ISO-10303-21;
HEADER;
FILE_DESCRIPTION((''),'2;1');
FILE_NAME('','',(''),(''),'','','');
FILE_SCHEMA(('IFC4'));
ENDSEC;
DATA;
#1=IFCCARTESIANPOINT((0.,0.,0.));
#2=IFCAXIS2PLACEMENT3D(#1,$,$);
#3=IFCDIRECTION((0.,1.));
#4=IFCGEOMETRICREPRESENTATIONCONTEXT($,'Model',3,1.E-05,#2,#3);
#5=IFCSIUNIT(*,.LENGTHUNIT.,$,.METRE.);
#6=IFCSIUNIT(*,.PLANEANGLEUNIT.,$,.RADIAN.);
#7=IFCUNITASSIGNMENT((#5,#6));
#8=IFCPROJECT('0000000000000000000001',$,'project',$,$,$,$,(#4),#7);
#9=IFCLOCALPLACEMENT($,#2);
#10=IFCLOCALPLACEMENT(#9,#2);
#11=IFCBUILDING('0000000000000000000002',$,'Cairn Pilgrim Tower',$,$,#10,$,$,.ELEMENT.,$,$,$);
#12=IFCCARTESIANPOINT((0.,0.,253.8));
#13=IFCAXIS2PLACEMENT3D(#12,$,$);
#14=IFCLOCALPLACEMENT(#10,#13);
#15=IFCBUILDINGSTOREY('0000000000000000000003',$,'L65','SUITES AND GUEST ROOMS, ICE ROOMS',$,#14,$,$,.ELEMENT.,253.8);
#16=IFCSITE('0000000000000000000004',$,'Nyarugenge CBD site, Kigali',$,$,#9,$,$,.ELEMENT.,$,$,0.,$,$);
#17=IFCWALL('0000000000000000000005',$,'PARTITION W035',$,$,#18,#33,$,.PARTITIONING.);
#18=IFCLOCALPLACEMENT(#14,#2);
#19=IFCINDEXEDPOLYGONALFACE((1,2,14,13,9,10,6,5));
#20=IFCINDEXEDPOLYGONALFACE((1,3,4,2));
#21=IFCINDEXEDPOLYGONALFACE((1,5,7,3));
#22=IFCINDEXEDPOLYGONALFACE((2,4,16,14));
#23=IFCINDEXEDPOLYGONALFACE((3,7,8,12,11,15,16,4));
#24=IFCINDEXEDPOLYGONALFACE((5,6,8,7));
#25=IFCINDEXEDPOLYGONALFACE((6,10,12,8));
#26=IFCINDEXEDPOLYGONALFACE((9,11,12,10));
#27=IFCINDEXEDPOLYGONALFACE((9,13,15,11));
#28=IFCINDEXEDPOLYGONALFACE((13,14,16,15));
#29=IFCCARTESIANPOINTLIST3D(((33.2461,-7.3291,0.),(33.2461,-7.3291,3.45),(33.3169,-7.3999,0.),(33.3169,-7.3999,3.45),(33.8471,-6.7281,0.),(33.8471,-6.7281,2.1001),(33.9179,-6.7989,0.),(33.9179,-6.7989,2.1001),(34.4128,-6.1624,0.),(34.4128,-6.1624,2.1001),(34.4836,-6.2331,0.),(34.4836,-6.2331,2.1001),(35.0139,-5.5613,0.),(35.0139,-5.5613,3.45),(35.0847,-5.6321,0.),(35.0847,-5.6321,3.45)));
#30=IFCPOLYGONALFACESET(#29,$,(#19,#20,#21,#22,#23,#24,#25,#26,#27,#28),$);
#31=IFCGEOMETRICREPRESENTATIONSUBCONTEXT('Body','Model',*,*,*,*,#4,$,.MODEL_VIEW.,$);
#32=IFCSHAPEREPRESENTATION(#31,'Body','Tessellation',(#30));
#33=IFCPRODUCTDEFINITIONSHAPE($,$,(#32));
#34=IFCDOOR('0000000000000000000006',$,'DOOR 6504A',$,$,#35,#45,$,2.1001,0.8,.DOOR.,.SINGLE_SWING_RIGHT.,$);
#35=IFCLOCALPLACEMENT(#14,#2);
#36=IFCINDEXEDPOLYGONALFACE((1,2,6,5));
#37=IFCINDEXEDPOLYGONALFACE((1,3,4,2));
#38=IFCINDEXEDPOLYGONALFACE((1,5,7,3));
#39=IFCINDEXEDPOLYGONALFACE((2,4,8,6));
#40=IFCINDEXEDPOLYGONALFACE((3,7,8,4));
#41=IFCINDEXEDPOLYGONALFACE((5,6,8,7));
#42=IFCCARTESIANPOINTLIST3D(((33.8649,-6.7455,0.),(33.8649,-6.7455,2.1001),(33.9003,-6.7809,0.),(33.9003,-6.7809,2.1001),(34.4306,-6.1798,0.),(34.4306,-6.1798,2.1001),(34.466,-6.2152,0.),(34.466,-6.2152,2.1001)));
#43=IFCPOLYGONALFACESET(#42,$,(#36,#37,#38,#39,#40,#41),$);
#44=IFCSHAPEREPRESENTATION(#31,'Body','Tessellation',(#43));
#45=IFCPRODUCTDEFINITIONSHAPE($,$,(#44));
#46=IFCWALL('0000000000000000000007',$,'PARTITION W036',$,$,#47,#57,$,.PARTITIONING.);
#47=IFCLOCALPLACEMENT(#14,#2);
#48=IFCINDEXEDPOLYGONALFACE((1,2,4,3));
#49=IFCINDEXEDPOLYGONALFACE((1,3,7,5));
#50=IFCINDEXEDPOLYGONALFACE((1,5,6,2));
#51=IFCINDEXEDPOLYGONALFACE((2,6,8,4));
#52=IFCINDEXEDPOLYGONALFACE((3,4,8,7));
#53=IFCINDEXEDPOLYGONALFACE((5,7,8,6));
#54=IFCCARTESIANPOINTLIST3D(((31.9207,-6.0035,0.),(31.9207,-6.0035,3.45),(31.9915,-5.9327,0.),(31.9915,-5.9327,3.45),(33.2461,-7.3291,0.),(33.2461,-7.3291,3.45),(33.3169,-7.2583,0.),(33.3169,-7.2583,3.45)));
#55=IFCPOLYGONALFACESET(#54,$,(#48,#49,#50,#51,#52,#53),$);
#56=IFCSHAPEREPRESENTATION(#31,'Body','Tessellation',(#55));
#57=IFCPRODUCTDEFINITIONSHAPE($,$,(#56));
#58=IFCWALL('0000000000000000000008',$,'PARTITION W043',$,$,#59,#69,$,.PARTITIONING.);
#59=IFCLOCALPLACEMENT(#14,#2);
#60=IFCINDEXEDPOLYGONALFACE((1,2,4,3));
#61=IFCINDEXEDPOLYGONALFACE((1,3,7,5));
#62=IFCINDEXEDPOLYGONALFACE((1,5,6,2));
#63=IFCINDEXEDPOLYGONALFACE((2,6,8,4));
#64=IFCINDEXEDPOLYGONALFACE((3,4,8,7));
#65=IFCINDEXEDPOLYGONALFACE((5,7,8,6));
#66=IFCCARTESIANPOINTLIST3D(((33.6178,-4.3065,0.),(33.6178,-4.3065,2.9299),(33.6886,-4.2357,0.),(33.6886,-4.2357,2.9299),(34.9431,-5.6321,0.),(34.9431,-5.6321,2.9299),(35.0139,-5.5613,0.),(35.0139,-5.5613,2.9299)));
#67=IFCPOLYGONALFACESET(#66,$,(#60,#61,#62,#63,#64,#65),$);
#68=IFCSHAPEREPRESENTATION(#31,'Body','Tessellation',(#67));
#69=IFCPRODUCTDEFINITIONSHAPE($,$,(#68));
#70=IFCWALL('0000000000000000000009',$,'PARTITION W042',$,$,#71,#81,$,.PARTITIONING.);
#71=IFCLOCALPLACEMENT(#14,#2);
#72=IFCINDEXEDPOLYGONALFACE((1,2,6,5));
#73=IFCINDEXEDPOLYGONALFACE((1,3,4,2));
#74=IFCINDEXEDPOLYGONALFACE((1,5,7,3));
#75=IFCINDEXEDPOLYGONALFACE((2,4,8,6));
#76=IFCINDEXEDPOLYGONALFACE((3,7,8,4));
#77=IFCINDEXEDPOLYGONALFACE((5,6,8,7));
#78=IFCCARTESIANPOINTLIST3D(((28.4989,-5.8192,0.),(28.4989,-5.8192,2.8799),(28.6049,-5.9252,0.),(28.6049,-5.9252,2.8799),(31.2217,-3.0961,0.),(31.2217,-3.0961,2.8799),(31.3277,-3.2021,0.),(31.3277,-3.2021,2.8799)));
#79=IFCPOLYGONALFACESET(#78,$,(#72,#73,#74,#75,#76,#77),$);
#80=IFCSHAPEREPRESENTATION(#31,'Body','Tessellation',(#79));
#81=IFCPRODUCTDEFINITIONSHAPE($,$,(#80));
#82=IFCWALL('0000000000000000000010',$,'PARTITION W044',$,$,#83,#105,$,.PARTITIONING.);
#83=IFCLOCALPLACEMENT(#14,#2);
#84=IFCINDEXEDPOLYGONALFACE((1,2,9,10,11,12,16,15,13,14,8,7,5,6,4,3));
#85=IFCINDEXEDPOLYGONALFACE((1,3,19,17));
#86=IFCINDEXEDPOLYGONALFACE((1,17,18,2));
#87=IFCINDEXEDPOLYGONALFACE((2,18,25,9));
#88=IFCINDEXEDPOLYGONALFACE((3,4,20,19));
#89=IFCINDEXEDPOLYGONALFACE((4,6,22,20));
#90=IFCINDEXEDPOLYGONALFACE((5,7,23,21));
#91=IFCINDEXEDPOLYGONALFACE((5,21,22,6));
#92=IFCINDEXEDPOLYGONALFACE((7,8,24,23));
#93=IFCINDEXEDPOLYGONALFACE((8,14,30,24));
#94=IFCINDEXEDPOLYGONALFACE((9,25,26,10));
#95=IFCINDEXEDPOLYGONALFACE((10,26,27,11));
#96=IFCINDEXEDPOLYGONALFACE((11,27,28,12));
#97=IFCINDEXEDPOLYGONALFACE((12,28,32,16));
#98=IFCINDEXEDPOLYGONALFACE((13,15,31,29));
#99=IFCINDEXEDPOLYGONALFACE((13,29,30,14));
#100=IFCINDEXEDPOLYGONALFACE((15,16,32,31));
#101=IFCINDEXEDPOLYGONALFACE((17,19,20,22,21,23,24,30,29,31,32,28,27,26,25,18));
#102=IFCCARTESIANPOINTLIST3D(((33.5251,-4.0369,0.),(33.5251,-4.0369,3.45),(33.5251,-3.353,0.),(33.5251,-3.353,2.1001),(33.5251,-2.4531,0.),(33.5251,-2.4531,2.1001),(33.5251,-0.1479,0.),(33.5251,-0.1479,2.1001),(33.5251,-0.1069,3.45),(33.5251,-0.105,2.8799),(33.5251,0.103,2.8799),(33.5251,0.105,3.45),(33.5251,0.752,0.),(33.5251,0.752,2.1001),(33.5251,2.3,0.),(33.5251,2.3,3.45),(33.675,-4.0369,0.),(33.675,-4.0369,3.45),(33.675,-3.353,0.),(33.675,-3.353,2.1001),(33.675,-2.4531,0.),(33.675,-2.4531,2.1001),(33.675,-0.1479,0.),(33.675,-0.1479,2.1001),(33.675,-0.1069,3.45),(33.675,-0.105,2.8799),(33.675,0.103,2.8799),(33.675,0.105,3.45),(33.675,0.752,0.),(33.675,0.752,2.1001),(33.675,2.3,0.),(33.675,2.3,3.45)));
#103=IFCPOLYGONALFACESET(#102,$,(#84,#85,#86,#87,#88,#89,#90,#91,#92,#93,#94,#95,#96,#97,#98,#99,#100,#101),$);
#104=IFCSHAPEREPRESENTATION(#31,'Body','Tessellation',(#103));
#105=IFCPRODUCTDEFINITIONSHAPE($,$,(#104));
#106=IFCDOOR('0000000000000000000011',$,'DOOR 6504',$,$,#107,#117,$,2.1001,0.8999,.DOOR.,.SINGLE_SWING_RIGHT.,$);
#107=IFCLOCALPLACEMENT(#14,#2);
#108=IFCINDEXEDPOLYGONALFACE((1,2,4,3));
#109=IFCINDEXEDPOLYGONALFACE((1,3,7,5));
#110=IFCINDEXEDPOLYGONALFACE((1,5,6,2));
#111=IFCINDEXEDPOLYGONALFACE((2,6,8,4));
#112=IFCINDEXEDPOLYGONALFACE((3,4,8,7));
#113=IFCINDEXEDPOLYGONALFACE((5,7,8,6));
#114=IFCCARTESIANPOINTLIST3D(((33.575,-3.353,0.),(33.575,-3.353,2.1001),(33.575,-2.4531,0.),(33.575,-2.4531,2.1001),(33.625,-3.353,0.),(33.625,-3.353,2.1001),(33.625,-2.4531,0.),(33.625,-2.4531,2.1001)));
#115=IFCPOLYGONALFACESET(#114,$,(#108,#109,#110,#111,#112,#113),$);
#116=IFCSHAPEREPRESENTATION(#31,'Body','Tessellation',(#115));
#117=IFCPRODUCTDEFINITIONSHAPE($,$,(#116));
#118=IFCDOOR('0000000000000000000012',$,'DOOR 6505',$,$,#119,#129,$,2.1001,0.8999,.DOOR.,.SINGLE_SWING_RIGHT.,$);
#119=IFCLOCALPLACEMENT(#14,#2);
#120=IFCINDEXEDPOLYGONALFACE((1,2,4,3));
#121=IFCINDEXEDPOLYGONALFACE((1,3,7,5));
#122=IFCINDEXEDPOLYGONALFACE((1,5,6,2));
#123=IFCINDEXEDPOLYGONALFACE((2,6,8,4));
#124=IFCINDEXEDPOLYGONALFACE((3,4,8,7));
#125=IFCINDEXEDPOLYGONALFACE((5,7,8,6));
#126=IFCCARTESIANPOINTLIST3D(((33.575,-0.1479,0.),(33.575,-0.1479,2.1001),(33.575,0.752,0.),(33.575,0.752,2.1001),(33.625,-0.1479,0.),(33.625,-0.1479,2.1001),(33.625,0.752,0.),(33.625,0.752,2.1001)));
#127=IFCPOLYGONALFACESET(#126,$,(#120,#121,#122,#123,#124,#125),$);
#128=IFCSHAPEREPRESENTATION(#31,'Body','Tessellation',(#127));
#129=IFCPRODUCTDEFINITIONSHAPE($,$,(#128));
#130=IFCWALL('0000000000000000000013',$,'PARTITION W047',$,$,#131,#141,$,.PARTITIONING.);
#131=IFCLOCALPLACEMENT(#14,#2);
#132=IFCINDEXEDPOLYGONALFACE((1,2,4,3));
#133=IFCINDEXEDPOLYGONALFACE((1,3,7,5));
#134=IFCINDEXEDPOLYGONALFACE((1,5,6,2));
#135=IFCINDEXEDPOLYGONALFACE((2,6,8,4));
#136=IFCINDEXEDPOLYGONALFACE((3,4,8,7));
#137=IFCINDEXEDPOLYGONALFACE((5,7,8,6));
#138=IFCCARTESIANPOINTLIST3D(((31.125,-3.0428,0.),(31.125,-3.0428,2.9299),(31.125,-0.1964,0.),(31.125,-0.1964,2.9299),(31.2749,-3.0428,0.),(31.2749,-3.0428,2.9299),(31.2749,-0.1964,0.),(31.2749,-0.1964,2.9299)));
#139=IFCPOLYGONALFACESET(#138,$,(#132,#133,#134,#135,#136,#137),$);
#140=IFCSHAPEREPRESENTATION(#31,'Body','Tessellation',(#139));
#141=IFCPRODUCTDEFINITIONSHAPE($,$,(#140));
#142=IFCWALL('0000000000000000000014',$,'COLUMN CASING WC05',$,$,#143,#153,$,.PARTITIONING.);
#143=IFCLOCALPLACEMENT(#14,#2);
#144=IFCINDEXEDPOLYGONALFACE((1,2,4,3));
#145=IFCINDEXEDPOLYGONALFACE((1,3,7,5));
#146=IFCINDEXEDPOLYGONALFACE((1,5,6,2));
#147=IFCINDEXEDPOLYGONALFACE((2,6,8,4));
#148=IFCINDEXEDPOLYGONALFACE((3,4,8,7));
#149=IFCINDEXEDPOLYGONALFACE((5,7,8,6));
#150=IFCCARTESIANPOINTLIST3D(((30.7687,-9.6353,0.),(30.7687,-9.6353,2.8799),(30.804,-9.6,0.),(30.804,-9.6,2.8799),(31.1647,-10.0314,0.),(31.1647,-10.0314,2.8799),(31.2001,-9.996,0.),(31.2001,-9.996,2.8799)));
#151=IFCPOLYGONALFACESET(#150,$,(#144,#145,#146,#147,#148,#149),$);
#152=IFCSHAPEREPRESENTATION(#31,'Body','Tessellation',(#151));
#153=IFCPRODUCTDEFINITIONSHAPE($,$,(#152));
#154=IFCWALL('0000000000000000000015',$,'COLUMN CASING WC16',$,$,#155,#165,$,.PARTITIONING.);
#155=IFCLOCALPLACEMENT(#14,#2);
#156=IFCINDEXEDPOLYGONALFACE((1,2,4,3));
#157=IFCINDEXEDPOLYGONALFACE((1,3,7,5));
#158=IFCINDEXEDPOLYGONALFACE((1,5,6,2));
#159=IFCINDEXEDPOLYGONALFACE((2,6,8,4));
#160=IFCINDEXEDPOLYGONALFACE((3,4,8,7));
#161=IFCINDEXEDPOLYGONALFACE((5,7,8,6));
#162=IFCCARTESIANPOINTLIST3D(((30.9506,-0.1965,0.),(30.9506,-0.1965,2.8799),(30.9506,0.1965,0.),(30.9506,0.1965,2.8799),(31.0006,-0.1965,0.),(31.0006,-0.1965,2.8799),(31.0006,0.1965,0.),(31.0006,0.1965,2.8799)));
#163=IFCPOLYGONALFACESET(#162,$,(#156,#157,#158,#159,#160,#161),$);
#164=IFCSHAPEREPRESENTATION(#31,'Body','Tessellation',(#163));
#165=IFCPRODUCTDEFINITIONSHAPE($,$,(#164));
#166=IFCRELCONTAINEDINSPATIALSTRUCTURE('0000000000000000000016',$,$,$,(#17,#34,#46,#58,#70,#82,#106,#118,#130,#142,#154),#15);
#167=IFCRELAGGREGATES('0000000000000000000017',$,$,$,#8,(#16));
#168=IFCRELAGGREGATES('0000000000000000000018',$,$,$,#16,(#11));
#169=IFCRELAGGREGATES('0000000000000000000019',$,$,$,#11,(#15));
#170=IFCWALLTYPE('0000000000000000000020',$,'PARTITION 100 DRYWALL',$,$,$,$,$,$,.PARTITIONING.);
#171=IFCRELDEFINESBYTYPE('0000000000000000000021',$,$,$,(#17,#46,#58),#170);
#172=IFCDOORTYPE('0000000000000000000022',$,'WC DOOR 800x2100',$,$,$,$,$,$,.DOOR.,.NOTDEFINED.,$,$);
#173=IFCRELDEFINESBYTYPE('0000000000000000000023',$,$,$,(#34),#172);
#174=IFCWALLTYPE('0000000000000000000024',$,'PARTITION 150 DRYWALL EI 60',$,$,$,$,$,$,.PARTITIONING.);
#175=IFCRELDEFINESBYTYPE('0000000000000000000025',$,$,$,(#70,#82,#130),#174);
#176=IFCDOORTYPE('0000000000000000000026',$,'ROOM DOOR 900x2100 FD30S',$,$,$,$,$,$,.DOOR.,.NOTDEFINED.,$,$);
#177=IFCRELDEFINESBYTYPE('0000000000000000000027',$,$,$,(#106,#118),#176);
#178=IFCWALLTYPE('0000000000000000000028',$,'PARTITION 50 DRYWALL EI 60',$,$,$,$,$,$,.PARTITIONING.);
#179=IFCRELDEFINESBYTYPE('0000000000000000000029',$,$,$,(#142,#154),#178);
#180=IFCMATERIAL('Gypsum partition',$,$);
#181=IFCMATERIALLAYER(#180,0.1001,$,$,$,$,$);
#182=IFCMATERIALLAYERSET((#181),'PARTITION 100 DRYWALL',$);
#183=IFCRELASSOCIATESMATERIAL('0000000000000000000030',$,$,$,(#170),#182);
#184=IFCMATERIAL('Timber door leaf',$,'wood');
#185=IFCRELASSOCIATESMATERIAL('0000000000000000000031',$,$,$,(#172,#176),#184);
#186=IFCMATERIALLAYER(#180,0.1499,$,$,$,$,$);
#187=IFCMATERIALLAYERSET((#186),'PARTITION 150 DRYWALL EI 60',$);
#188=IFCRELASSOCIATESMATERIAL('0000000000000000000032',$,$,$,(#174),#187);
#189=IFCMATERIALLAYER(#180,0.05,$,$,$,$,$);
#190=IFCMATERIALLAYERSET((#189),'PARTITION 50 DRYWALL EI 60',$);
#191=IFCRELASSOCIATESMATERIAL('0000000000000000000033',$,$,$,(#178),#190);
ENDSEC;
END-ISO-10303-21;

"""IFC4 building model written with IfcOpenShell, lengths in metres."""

from ifc_helpers import new_model, si_unit, direction, frame, frame_2d, origin, place, context, subcontext, project, spatial, polyline, rectangle, outline, extrude, material, layer, layer_set, type_object, element, fill, save


model = new_model("IFC4")

# Units and contexts
model_context = context("Model", 3, precision=1e-05, world=origin(), true_north=direction((0.0, 1.0)))
body_context = subcontext(model_context, "Body", "Model", "MODEL_VIEW")
ifc_project = project(units=[si_unit("LENGTHUNIT", "METRE"), si_unit("PLANEANGLEUNIT", "RADIAN")], contexts=[model_context])

# Site, building, storey
site_placement = place(None, origin())
site = spatial("IfcSite", under=ifc_project, at=site_placement, Name="Nyarugenge CBD site, Kigali", CompositionType="ELEMENT", RefElevation=0.0)
building_placement = place(site_placement, origin())
building = spatial("IfcBuilding", under=site, at=building_placement, Name="Cairn Pilgrim Tower", CompositionType="ELEMENT")
storey_placement = place(building_placement, frame((0.0, 0.0, 253.8)))
storey = spatial("IfcBuildingStorey", under=building, at=storey_placement, Name="L65", Description="SUITES AND GUEST ROOMS, ICE ROOMS", CompositionType="ELEMENT", Elevation=253.8)

# Wall, opening, door
ifc_material_1 = material(Name="Gypsum partition")
ifc_layer_1 = layer(ifc_material_1, 0.1001)
ifc_layer_set_1 = layer_set([ifc_layer_1], Name="PARTITION 100 DRYWALL")
wall_type_1 = type_object("IfcWallType", Name="PARTITION 100 DRYWALL", PredefinedType="PARTITIONING", material=ifc_layer_set_1)
wall_1_placement = place(storey_placement, frame((33.2815, -7.3645, 0.0), z_axis=(0.0, 0.0, 1.0), x_axis=(0.707107, 0.707107, 0.0)))
wall_1 = element("IfcWall", 1, at=wall_1_placement, inside=storey, type_object=wall_type_1, Name="PARTITION W035", PredefinedType="PARTITIONING", context=body_context, shape_type="SweptSolid", body=[
    extrude(rectangle(XDim=2.5, YDim=0.1001, at=frame_2d((1.25, 0.0))), origin(), (0.0, 0.0, 1.0), 3.45),
])
opening_1_placement = place(wall_1_placement, frame((0.8501, 0.0, 0.0)))
opening_1 = element("IfcOpeningElement", 2, at=opening_1_placement, cuts=wall_1, PredefinedType="OPENING", context=body_context, shape_type="SweptSolid", body=[
    extrude(rectangle(XDim=0.8, YDim=2.1001, at=frame_2d((0.3999, 1.05))), frame((0.0, 0.0601, 0.0), z_axis=(0.0, -1.0, 0.0), x_axis=(1.0, 0.0, 0.0)), (0.0, 0.0, 1.0), 0.1201),
])
ifc_material_2 = material(Name="Timber door leaf", Category="wood")
door_type_1 = type_object("IfcDoorType", Name="WC DOOR 800x2100", OperationType="NOTDEFINED", PredefinedType="DOOR", material=ifc_material_2)
door_1_placement = place(opening_1_placement, frame((0.8, 0.0, 0.0), z_axis=(0.0, 0.0, 1.0), x_axis=(-1.0, 0.0, 0.0)))
door_1 = element("IfcDoor", 3, at=door_1_placement, inside=storey, type_object=door_type_1, Name="DOOR 6504A", OperationType="SINGLE_SWING_RIGHT", OverallHeight=2.1001, OverallWidth=0.8, PredefinedType="DOOR", context=body_context, shape_type="SweptSolid", body=[
    extrude(rectangle(XDim=0.8, YDim=2.1001, at=frame_2d((0.3999, 1.05))), frame((0.0, 0.0249, 0.0), z_axis=(0.0, -1.0, 0.0), x_axis=(1.0, 0.0, 0.0)), (0.0, 0.0, 1.0), 0.05),
])
fill(opening_1, door_1)

# Walls
wall_2_placement = place(storey_placement, frame((33.2815, -7.2937, 0.0), z_axis=(0.0, 0.0, 1.0), x_axis=(-0.707042, 0.707172, 0.0)))
element("IfcWall", 4, at=wall_2_placement, inside=storey, type_object=wall_type_1, Name="PARTITION W036", PredefinedType="PARTITIONING", context=body_context, shape_type="SweptSolid", body=[
    extrude(rectangle(XDim=1.8745, YDim=0.1001, at=frame_2d((0.9373, 0.0))), origin(), (0.0, 0.0, 1.0), 3.45),
])
wall_3_placement = place(storey_placement, frame((34.9785, -5.5967, 0.0), z_axis=(0.0, 0.0, 1.0), x_axis=(-0.707042, 0.707172, 0.0)))
element("IfcWall", 5, at=wall_3_placement, inside=storey, type_object=wall_type_1, Name="PARTITION W043", PredefinedType="PARTITIONING", context=body_context, shape_type="SweptSolid", body=[
    extrude(rectangle(XDim=1.8745, YDim=0.1001, at=frame_2d((0.9373, 0.0))), origin(), (0.0, 0.0, 1.0), 2.9299),
])
ifc_layer_2 = layer(ifc_material_1, 0.1499)
ifc_layer_set_2 = layer_set([ifc_layer_2], Name="PARTITION 150 DRYWALL EI 60")
wall_type_2 = type_object("IfcWallType", Name="PARTITION 150 DRYWALL EI 60", PredefinedType="PARTITIONING", material=ifc_layer_set_2)
wall_4_placement = place(storey_placement, frame((28.552, -5.8721, 0.0), z_axis=(0.0, 0.0, 1.0), x_axis=(0.707075, 0.707138, 0.0)))
element("IfcWall", 6, at=wall_4_placement, inside=storey, type_object=wall_type_2, Name="PARTITION W042", PredefinedType="PARTITIONING", context=body_context, shape_type="SweptSolid", body=[
    extrude(rectangle(XDim=3.8508, YDim=0.1499, at=frame_2d((1.9253, 0.0))), origin(), (0.0, 0.0, 1.0), 2.8799),
])

# Wall, openings, doors
wall_5_placement = place(storey_placement, frame((33.6001, -4.0369, 0.0), z_axis=(0.0, 0.0, 1.0), x_axis=(0.0, 1.0, 0.0)))
wall_5 = element("IfcWall", 7, at=wall_5_placement, inside=storey, type_object=wall_type_2, Name="PARTITION W044", PredefinedType="PARTITIONING", context=body_context, shape_type="SweptSolid", body=[
    extrude(outline(polyline([(0.0, 0.0), (6.3369, 0.0), (6.3369, 3.45), (4.1418, 3.45), (4.1399, 2.8799), (3.9319, 2.8799), (3.9299, 3.45), (0.0, 3.45), (0.0, 0.0)])), frame((0.0, 0.075, 0.0), z_axis=(0.0, -1.0, 0.0), x_axis=(1.0, 0.0, 0.0)), (0.0, 0.0, 1.0), 0.1499),
])
opening_2_placement = place(wall_5_placement, frame((0.6838, 0.0, 0.0)))
opening_2 = element("IfcOpeningElement", 8, at=opening_2_placement, cuts=wall_5, PredefinedType="OPENING", context=body_context, shape_type="SweptSolid", body=[
    extrude(rectangle(XDim=0.8999, YDim=2.1001, at=frame_2d((0.45, 1.05))), frame((0.0, 0.085, 0.0), z_axis=(0.0, -1.0, 0.0), x_axis=(1.0, 0.0, 0.0)), (0.0, 0.0, 1.0), 0.1699),
])
opening_3_placement = place(wall_5_placement, frame((3.8889, 0.0, 0.0)))
opening_3 = element("IfcOpeningElement", 9, at=opening_3_placement, cuts=wall_5, PredefinedType="OPENING", context=body_context, shape_type="SweptSolid", body=[
    extrude(rectangle(XDim=0.8999, YDim=2.1001, at=frame_2d((0.45, 1.05))), frame((0.0, 0.085, 0.0), z_axis=(0.0, -1.0, 0.0), x_axis=(1.0, 0.0, 0.0)), (0.0, 0.0, 1.0), 0.1699),
])
door_type_2 = type_object("IfcDoorType", Name="ROOM DOOR 900x2100 FD30S", OperationType="NOTDEFINED", PredefinedType="DOOR", material=ifc_material_2)
door_2_placement = place(opening_2_placement, frame((0.8999, 0.0, 0.0), z_axis=(0.0, 0.0, 1.0), x_axis=(-1.0, 0.0, 0.0)))
door_2 = element("IfcDoor", 10, at=door_2_placement, inside=storey, type_object=door_type_2, Name="DOOR 6504", OperationType="SINGLE_SWING_RIGHT", OverallHeight=2.1001, OverallWidth=0.8999, PredefinedType="DOOR", context=body_context, shape_type="SweptSolid", body=[
    extrude(rectangle(XDim=0.8999, YDim=2.1001, at=frame_2d((0.45, 1.05))), frame((0.0, 0.0249, 0.0), z_axis=(0.0, -1.0, 0.0), x_axis=(1.0, 0.0, 0.0)), (0.0, 0.0, 1.0), 0.05),
])
fill(opening_2, door_2)
door_3_placement = place(opening_3_placement, frame((0.8999, 0.0, 0.0), z_axis=(0.0, 0.0, 1.0), x_axis=(-1.0, 0.0, 0.0)))
door_3 = element("IfcDoor", 11, at=door_3_placement, inside=storey, type_object=door_type_2, Name="DOOR 6505", OperationType="SINGLE_SWING_RIGHT", OverallHeight=2.1001, OverallWidth=0.8999, PredefinedType="DOOR", context=body_context, shape_type="SweptSolid", body=[
    extrude(rectangle(XDim=0.8999, YDim=2.1001, at=frame_2d((0.45, 1.05))), frame((0.0, 0.0249, 0.0), z_axis=(0.0, -1.0, 0.0), x_axis=(1.0, 0.0, 0.0)), (0.0, 0.0, 1.0), 0.05),
])
fill(opening_3, door_3)

# Walls
wall_6_placement = place(storey_placement, frame((31.2, -3.043, 0.0), z_axis=(0.0, 0.0, 1.0), x_axis=(0.0, 1.0, 0.0)))
element("IfcWall", 12, at=wall_6_placement, inside=storey, type_object=wall_type_2, Name="PARTITION W047", PredefinedType="PARTITIONING", context=body_context, shape_type="SweptSolid", body=[
    extrude(rectangle(XDim=2.8464, YDim=0.1499, at=frame_2d((1.4233, 0.0))), origin(), (0.0, 0.0, 1.0), 2.9299),
])
ifc_layer_3 = layer(ifc_material_1, 0.05)
ifc_layer_set_3 = layer_set([ifc_layer_3], Name="PARTITION 50 DRYWALL EI 60")
wall_type_3 = type_object("IfcWallType", Name="PARTITION 50 DRYWALL EI 60", PredefinedType="PARTITIONING", material=ifc_layer_set_3)
wall_7_placement = place(storey_placement, frame((31.1824, -10.0137, 0.0), z_axis=(0.0, 0.0, 1.0), x_axis=(-0.707107, 0.707107, 0.0)))
element("IfcWall", 13, at=wall_7_placement, inside=storey, type_object=wall_type_3, Name="COLUMN CASING WC05", PredefinedType="PARTITIONING", context=body_context, shape_type="SweptSolid", body=[
    extrude(rectangle(XDim=0.5601, YDim=0.05, at=frame_2d((0.28, 0.0))), origin(), (0.0, 0.0, 1.0), 2.8799),
])
wall_8_placement = place(storey_placement, frame((30.9756, -0.1965, 0.0), z_axis=(0.0, 0.0, 1.0), x_axis=(0.0, 1.0, 0.0)))
element("IfcWall", 14, at=wall_8_placement, inside=storey, type_object=wall_type_3, Name="COLUMN CASING WC16", PredefinedType="PARTITIONING", context=body_context, shape_type="SweptSolid", body=[
    extrude(rectangle(XDim=0.3931, YDim=0.05, at=frame_2d((0.1965, 0.0))), origin(), (0.0, 0.0, 1.0), 2.8799),
])

save(model, "model.ifc")
